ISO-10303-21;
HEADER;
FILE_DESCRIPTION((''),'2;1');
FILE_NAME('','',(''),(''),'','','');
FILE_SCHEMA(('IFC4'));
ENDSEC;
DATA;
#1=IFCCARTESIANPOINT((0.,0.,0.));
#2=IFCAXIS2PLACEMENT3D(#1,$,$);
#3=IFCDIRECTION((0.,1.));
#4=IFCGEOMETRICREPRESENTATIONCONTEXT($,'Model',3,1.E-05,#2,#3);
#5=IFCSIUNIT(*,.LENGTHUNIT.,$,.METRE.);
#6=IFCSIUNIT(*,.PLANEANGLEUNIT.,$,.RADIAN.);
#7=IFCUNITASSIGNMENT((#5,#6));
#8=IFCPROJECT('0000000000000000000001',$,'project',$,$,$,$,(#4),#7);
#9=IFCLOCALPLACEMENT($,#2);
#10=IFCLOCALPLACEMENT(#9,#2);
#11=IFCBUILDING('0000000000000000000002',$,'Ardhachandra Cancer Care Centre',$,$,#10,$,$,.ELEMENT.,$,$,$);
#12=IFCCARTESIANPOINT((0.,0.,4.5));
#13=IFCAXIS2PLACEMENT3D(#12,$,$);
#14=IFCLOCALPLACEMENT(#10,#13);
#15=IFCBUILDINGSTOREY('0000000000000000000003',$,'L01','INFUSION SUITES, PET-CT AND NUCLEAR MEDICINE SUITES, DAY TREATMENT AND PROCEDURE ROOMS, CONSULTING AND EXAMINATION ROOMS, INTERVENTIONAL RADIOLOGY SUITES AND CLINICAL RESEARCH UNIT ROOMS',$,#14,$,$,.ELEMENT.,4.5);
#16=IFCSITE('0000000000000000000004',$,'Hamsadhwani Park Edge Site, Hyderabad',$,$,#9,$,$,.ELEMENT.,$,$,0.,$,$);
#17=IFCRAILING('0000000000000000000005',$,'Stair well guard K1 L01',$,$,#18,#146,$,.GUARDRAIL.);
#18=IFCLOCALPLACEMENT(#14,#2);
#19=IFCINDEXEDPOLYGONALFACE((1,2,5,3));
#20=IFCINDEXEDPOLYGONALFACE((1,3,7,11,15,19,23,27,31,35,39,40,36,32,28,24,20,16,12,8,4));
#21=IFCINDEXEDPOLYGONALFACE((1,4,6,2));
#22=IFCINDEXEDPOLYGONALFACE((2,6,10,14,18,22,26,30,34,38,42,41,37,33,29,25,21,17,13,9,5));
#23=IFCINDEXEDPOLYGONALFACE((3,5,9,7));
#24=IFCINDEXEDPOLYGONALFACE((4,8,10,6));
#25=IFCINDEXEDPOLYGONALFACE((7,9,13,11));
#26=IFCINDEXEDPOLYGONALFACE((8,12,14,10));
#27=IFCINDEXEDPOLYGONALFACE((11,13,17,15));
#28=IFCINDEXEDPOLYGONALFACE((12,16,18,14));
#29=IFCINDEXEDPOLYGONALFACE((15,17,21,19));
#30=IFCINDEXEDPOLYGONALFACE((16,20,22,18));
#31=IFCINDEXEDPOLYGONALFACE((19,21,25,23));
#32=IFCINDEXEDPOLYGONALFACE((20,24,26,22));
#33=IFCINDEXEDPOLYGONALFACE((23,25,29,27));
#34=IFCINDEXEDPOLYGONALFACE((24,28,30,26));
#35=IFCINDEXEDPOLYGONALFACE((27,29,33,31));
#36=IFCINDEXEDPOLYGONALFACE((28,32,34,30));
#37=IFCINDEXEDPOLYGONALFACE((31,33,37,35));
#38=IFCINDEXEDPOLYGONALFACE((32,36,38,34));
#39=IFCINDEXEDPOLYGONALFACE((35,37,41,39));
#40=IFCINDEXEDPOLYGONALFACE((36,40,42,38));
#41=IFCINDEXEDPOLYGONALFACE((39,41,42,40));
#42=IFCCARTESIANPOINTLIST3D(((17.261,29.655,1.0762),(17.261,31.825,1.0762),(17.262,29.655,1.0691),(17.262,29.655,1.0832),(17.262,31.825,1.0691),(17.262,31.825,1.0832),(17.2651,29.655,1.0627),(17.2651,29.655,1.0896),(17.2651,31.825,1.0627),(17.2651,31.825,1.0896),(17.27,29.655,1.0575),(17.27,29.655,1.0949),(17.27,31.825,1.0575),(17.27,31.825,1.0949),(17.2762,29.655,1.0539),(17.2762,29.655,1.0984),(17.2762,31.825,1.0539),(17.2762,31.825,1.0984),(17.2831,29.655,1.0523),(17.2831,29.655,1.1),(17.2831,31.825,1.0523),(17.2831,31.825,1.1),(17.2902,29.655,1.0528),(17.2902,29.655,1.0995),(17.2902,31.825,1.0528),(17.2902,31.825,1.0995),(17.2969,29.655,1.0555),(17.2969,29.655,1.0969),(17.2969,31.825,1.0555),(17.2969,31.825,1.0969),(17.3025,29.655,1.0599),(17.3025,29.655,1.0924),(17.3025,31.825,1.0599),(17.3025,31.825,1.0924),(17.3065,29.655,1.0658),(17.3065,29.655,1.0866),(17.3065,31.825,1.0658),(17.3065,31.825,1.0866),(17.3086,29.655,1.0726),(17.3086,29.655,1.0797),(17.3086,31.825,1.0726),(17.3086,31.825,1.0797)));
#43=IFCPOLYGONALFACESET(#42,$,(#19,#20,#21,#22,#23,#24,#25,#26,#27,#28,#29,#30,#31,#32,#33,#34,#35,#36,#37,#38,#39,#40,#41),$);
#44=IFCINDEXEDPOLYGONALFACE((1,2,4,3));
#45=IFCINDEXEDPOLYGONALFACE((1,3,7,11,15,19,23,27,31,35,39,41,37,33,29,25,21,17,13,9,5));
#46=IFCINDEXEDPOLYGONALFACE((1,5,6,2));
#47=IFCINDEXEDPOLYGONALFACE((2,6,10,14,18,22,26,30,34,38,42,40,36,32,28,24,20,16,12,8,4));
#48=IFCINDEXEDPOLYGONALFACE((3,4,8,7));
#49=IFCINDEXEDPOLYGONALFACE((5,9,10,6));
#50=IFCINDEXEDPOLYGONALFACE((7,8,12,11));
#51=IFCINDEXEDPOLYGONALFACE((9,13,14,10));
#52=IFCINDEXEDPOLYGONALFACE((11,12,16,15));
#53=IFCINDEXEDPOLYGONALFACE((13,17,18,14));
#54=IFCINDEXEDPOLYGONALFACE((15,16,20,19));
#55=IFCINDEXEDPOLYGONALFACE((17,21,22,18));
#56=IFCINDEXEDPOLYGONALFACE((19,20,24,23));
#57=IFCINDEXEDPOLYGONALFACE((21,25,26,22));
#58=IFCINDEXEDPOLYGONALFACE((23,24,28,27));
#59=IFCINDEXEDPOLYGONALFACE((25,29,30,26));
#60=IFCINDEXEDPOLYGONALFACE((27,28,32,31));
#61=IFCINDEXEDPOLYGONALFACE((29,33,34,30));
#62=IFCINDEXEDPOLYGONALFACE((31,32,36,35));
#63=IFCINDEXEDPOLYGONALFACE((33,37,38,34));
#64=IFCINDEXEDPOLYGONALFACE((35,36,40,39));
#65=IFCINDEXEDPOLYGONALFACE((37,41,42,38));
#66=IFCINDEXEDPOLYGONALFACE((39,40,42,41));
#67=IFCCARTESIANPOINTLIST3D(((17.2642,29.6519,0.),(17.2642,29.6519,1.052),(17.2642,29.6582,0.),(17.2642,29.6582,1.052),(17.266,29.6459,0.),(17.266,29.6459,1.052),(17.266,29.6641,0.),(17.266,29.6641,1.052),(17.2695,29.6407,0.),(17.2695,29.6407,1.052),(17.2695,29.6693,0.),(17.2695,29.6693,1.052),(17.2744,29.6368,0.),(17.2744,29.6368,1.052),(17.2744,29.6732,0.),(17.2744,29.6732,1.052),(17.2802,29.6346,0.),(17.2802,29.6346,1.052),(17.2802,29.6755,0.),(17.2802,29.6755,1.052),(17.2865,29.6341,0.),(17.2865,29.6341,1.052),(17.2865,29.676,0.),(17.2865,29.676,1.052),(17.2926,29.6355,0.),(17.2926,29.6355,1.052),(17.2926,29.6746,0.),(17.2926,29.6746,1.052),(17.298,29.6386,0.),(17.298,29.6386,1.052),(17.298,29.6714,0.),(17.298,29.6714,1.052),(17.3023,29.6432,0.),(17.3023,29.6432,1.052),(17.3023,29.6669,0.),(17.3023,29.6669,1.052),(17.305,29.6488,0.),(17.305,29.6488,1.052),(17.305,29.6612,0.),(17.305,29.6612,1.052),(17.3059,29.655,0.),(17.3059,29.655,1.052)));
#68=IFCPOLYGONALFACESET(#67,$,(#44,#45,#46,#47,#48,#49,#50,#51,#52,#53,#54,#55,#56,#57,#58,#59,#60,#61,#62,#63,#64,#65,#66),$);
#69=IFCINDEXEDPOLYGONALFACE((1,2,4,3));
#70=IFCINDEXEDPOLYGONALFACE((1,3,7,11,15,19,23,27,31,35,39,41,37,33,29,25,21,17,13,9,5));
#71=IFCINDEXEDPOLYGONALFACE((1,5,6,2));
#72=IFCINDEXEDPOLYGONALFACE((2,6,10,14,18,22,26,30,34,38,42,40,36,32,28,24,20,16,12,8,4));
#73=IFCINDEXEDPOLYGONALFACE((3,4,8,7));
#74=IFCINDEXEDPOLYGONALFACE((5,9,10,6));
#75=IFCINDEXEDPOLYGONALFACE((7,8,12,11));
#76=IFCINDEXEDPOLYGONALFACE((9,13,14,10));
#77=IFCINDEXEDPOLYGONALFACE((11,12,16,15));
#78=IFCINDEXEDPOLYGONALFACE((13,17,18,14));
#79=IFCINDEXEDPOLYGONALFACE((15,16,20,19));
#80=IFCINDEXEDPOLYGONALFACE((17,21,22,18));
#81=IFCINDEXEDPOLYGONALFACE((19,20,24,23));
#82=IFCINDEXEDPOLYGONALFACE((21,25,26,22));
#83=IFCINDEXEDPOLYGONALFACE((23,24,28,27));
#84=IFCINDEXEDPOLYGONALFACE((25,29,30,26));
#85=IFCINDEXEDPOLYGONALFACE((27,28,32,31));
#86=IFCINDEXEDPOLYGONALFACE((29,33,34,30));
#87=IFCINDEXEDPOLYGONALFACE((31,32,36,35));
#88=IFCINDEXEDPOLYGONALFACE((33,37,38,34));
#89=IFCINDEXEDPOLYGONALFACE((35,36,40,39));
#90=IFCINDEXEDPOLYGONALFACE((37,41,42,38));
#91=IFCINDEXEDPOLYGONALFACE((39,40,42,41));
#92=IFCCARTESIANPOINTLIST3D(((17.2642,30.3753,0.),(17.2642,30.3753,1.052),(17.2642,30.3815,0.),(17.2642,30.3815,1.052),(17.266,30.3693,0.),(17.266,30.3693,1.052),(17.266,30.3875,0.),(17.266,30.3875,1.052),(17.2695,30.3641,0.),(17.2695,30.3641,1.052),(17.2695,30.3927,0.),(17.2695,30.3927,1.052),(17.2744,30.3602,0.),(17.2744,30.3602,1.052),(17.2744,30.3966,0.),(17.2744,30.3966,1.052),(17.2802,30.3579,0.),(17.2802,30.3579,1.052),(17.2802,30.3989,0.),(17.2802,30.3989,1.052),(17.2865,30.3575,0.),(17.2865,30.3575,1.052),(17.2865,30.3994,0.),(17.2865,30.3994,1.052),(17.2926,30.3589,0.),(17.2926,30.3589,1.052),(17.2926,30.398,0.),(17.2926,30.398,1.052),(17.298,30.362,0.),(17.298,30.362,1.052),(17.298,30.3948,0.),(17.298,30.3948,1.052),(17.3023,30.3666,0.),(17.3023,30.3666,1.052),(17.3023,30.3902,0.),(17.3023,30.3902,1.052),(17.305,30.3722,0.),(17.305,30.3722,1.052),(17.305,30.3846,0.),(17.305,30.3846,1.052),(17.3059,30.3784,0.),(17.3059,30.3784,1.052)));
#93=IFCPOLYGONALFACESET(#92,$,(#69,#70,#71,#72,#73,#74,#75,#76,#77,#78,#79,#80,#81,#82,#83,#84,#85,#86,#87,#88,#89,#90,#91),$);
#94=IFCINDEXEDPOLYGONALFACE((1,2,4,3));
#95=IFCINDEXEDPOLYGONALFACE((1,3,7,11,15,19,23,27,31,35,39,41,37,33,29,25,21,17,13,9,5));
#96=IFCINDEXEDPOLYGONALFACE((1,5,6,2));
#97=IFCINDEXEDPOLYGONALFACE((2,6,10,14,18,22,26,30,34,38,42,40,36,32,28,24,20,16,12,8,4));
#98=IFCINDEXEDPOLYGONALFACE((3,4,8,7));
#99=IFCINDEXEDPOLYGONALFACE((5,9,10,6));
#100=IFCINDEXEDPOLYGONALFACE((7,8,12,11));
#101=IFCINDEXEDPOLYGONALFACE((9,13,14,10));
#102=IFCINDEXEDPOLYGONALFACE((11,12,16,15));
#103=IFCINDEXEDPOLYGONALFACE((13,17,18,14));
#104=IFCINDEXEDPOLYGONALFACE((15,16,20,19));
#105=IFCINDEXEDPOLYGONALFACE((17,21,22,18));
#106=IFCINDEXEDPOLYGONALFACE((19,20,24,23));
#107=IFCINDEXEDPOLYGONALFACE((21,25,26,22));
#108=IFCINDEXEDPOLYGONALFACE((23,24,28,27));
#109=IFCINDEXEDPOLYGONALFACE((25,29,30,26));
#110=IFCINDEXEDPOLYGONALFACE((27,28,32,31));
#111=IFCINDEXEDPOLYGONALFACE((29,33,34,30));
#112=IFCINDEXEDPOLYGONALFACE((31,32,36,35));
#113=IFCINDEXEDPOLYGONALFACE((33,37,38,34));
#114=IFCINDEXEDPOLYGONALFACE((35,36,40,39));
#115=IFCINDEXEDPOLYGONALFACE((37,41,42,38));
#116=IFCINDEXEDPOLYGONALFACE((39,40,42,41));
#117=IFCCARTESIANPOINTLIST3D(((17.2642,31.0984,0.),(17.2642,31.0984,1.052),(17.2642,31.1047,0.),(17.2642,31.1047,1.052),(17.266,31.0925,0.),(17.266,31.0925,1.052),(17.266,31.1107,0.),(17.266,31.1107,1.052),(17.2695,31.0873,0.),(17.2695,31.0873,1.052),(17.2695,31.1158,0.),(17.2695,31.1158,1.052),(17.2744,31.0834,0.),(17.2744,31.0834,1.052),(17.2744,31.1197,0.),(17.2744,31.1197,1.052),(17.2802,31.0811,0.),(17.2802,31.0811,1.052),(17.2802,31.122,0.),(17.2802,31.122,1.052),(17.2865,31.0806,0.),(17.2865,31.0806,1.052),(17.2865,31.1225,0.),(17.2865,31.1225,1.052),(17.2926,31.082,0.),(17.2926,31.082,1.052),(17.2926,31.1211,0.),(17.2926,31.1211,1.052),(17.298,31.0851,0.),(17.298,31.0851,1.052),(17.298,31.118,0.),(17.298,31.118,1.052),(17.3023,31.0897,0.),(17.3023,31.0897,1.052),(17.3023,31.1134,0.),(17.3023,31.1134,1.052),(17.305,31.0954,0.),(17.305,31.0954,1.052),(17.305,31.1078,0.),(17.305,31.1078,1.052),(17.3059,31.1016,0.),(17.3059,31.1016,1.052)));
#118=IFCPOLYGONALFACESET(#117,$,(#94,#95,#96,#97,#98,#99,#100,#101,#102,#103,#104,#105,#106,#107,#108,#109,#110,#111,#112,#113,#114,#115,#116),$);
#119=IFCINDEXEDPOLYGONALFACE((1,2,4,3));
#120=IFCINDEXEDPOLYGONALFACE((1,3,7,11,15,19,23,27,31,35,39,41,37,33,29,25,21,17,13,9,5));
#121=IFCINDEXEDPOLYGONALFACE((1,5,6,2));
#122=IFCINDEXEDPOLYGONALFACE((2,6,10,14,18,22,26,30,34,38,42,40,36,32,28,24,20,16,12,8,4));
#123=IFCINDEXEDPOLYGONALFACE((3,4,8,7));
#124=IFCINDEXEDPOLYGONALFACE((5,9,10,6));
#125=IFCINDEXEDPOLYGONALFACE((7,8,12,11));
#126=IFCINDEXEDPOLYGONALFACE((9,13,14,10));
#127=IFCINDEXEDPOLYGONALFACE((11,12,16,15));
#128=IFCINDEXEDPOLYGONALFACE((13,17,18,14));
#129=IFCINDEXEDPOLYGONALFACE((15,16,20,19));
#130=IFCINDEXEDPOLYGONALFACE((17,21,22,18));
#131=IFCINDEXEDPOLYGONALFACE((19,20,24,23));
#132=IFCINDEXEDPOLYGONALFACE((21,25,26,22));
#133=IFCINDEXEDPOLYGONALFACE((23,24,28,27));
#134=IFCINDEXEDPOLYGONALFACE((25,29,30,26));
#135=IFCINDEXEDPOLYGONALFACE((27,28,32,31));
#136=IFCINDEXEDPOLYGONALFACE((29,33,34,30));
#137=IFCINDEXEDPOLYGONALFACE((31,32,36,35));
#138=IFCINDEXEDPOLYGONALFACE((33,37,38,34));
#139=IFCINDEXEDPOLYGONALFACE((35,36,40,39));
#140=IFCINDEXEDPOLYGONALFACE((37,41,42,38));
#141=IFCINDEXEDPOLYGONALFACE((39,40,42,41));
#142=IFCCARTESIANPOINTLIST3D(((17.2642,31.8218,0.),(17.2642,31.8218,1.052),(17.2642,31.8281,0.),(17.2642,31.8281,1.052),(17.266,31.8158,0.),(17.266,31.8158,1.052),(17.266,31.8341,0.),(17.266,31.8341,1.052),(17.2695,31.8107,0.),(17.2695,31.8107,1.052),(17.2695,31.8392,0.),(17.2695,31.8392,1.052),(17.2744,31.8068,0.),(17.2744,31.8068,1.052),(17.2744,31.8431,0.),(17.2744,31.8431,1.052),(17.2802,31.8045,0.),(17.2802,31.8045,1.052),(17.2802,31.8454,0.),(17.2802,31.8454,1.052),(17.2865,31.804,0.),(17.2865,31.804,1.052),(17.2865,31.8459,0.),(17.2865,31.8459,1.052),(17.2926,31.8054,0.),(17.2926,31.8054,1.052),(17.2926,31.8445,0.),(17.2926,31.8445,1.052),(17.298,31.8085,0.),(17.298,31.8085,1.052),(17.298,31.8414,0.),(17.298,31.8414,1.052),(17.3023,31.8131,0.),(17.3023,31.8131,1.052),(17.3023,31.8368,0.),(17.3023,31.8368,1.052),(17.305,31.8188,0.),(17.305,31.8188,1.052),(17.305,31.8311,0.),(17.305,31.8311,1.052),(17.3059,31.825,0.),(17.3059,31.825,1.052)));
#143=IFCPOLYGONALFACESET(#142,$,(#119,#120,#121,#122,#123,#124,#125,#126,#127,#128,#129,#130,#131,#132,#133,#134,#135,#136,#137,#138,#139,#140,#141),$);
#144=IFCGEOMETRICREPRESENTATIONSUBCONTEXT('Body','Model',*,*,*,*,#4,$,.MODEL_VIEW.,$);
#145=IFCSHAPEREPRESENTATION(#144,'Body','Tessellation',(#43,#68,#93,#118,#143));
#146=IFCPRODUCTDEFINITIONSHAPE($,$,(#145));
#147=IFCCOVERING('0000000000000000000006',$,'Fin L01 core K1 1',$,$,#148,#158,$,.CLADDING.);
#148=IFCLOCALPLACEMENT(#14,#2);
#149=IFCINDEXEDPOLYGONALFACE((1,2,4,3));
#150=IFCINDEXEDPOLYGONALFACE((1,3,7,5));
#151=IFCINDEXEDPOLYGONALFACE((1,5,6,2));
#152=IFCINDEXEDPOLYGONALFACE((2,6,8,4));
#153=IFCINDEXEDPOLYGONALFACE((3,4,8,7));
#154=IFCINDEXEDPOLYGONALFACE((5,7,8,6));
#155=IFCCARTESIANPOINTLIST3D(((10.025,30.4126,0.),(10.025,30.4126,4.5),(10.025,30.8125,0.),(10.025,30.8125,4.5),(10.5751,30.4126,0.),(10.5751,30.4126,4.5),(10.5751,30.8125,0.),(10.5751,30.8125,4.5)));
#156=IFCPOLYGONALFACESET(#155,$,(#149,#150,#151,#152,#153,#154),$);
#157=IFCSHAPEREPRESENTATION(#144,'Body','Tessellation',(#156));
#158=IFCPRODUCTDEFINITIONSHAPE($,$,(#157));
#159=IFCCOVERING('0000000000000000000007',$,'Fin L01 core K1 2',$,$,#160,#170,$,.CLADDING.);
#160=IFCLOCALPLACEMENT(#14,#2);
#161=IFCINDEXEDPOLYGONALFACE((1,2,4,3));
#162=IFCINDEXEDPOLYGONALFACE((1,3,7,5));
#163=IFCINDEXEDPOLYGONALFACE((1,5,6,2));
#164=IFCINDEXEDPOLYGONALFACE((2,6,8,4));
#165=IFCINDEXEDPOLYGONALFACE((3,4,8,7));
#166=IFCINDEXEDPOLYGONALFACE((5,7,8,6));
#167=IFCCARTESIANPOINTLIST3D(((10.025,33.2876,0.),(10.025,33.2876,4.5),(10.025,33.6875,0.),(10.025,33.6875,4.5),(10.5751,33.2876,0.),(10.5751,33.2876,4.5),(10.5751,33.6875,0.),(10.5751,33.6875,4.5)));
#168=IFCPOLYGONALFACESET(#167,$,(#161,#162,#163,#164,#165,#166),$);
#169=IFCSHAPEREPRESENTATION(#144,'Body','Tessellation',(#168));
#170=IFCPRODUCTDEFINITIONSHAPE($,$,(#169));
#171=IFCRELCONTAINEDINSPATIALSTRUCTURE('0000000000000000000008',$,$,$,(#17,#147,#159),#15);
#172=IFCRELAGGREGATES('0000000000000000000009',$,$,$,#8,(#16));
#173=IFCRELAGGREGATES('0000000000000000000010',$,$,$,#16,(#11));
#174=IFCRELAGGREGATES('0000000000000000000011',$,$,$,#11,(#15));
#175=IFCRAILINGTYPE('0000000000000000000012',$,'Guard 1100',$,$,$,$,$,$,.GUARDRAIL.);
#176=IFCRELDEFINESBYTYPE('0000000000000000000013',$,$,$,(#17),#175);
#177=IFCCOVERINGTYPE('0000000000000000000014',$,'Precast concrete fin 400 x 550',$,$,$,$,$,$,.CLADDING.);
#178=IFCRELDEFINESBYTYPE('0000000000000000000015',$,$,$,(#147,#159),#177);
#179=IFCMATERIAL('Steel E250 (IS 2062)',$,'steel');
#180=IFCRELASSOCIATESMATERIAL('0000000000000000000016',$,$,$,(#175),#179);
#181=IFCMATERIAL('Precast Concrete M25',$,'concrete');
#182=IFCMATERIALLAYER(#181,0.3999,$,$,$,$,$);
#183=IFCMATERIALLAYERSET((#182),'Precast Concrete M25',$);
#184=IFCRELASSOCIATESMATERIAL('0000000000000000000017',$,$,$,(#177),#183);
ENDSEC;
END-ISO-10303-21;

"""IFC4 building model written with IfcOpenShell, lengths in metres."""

from ifc_helpers import new_model, si_unit, direction, frame, origin, origin_2d, place, context, subcontext, project, spatial, rectangle, circle, extrude, material, layer, layer_set, type_object, element, save


model = new_model("IFC4")

# Units and contexts
model_context = context("Model", 3, precision=1e-05, world=origin(), true_north=direction((0.0, 1.0)))
body_context = subcontext(model_context, "Body", "Model", "MODEL_VIEW")
ifc_project = project(units=[si_unit("LENGTHUNIT", "METRE"), si_unit("PLANEANGLEUNIT", "RADIAN")], contexts=[model_context])

# Site, building, storey
site_placement = place(None, origin())
site = spatial("IfcSite", under=ifc_project, at=site_placement, Name="Hamsadhwani Park Edge Site, Hyderabad", CompositionType="ELEMENT", RefElevation=0.0)
building_placement = place(site_placement, origin())
building = spatial("IfcBuilding", under=site, at=building_placement, Name="Ardhachandra Cancer Care Centre", CompositionType="ELEMENT")
storey_placement = place(building_placement, frame((0.0, 0.0, 4.5)))
storey = spatial("IfcBuildingStorey", under=building, at=storey_placement, Name="L01", Description="INFUSION SUITES, PET-CT AND NUCLEAR MEDICINE SUITES, DAY TREATMENT AND PROCEDURE ROOMS, CONSULTING AND EXAMINATION ROOMS, INTERVENTIONAL RADIOLOGY SUITES AND CLINICAL RESEARCH UNIT ROOMS", CompositionType="ELEMENT", Elevation=4.5)

# Railing
ifc_material_1 = material(Name="Steel E250 (IS 2062)", Category="steel")
railing_type_1 = type_object("IfcRailingType", Name="Guard 1100", PredefinedType="GUARDRAIL", material=ifc_material_1)
railing_placement = place(storey_placement, frame((17.2849, 29.655, 0.0)))
element("IfcRailing", 1, at=railing_placement, inside=storey, type_object=railing_type_1, Name="Stair well guard K1 L01", PredefinedType="GUARDRAIL", context=body_context, shape_type="SweptSolid", body=[
    extrude(circle(Radius=0.0239, at=origin_2d()), frame((0.0, 0.0, 1.0762), z_axis=(0.0, 1.0, 0.0), x_axis=(-1.0, 0.0, 0.0)), (0.0, 0.0, 1.0), 2.1699),
    extrude(circle(Radius=0.021, at=origin_2d()), origin(), (0.0, 0.0, 1.0), 1.052),
    extrude(circle(Radius=0.021, at=origin_2d()), frame((0.0, 0.7234, 0.0)), (0.0, 0.0, 1.0), 1.052),
    extrude(circle(Radius=0.021, at=origin_2d()), frame((0.0, 1.4465, 0.0)), (0.0, 0.0, 1.0), 1.052),
    extrude(circle(Radius=0.021, at=origin_2d()), frame((0.0, 2.1699, 0.0)), (0.0, 0.0, 1.0), 1.052),
])

# Coverings
ifc_material_2 = material(Name="Precast Concrete M25", Category="concrete")
ifc_layer_1 = layer(ifc_material_2, 0.3999)
ifc_layer_set_1 = layer_set([ifc_layer_1], Name="Precast Concrete M25")
covering_type = type_object("IfcCoveringType", Name="Precast concrete fin 400 x 550", PredefinedType="CLADDING", material=ifc_layer_set_1)
for number, where, z_axis, x_axis, name in (
    (2, (10.3, 30.6125, 0.0), (0.0, 0.0, 1.0), (0.0, 1.0, 0.0), "Fin L01 core K1 1"),
    (3, (10.3, 33.4875, 0.0), (0.0, 0.0, 1.0), (0.0, 1.0, 0.0), "Fin L01 core K1 2"),
):
    element("IfcCovering", number, at=place(storey_placement, frame(where, z_axis=z_axis, x_axis=x_axis)), inside=storey, type_object=covering_type, Name=name, PredefinedType="CLADDING", context=body_context, shape_type="SweptSolid", body=[
        extrude(rectangle(XDim=0.3999, YDim=0.55, at=origin_2d()), origin(), (0.0, 0.0, 1.0), 4.5),
    ])

save(model, "model.ifc")
